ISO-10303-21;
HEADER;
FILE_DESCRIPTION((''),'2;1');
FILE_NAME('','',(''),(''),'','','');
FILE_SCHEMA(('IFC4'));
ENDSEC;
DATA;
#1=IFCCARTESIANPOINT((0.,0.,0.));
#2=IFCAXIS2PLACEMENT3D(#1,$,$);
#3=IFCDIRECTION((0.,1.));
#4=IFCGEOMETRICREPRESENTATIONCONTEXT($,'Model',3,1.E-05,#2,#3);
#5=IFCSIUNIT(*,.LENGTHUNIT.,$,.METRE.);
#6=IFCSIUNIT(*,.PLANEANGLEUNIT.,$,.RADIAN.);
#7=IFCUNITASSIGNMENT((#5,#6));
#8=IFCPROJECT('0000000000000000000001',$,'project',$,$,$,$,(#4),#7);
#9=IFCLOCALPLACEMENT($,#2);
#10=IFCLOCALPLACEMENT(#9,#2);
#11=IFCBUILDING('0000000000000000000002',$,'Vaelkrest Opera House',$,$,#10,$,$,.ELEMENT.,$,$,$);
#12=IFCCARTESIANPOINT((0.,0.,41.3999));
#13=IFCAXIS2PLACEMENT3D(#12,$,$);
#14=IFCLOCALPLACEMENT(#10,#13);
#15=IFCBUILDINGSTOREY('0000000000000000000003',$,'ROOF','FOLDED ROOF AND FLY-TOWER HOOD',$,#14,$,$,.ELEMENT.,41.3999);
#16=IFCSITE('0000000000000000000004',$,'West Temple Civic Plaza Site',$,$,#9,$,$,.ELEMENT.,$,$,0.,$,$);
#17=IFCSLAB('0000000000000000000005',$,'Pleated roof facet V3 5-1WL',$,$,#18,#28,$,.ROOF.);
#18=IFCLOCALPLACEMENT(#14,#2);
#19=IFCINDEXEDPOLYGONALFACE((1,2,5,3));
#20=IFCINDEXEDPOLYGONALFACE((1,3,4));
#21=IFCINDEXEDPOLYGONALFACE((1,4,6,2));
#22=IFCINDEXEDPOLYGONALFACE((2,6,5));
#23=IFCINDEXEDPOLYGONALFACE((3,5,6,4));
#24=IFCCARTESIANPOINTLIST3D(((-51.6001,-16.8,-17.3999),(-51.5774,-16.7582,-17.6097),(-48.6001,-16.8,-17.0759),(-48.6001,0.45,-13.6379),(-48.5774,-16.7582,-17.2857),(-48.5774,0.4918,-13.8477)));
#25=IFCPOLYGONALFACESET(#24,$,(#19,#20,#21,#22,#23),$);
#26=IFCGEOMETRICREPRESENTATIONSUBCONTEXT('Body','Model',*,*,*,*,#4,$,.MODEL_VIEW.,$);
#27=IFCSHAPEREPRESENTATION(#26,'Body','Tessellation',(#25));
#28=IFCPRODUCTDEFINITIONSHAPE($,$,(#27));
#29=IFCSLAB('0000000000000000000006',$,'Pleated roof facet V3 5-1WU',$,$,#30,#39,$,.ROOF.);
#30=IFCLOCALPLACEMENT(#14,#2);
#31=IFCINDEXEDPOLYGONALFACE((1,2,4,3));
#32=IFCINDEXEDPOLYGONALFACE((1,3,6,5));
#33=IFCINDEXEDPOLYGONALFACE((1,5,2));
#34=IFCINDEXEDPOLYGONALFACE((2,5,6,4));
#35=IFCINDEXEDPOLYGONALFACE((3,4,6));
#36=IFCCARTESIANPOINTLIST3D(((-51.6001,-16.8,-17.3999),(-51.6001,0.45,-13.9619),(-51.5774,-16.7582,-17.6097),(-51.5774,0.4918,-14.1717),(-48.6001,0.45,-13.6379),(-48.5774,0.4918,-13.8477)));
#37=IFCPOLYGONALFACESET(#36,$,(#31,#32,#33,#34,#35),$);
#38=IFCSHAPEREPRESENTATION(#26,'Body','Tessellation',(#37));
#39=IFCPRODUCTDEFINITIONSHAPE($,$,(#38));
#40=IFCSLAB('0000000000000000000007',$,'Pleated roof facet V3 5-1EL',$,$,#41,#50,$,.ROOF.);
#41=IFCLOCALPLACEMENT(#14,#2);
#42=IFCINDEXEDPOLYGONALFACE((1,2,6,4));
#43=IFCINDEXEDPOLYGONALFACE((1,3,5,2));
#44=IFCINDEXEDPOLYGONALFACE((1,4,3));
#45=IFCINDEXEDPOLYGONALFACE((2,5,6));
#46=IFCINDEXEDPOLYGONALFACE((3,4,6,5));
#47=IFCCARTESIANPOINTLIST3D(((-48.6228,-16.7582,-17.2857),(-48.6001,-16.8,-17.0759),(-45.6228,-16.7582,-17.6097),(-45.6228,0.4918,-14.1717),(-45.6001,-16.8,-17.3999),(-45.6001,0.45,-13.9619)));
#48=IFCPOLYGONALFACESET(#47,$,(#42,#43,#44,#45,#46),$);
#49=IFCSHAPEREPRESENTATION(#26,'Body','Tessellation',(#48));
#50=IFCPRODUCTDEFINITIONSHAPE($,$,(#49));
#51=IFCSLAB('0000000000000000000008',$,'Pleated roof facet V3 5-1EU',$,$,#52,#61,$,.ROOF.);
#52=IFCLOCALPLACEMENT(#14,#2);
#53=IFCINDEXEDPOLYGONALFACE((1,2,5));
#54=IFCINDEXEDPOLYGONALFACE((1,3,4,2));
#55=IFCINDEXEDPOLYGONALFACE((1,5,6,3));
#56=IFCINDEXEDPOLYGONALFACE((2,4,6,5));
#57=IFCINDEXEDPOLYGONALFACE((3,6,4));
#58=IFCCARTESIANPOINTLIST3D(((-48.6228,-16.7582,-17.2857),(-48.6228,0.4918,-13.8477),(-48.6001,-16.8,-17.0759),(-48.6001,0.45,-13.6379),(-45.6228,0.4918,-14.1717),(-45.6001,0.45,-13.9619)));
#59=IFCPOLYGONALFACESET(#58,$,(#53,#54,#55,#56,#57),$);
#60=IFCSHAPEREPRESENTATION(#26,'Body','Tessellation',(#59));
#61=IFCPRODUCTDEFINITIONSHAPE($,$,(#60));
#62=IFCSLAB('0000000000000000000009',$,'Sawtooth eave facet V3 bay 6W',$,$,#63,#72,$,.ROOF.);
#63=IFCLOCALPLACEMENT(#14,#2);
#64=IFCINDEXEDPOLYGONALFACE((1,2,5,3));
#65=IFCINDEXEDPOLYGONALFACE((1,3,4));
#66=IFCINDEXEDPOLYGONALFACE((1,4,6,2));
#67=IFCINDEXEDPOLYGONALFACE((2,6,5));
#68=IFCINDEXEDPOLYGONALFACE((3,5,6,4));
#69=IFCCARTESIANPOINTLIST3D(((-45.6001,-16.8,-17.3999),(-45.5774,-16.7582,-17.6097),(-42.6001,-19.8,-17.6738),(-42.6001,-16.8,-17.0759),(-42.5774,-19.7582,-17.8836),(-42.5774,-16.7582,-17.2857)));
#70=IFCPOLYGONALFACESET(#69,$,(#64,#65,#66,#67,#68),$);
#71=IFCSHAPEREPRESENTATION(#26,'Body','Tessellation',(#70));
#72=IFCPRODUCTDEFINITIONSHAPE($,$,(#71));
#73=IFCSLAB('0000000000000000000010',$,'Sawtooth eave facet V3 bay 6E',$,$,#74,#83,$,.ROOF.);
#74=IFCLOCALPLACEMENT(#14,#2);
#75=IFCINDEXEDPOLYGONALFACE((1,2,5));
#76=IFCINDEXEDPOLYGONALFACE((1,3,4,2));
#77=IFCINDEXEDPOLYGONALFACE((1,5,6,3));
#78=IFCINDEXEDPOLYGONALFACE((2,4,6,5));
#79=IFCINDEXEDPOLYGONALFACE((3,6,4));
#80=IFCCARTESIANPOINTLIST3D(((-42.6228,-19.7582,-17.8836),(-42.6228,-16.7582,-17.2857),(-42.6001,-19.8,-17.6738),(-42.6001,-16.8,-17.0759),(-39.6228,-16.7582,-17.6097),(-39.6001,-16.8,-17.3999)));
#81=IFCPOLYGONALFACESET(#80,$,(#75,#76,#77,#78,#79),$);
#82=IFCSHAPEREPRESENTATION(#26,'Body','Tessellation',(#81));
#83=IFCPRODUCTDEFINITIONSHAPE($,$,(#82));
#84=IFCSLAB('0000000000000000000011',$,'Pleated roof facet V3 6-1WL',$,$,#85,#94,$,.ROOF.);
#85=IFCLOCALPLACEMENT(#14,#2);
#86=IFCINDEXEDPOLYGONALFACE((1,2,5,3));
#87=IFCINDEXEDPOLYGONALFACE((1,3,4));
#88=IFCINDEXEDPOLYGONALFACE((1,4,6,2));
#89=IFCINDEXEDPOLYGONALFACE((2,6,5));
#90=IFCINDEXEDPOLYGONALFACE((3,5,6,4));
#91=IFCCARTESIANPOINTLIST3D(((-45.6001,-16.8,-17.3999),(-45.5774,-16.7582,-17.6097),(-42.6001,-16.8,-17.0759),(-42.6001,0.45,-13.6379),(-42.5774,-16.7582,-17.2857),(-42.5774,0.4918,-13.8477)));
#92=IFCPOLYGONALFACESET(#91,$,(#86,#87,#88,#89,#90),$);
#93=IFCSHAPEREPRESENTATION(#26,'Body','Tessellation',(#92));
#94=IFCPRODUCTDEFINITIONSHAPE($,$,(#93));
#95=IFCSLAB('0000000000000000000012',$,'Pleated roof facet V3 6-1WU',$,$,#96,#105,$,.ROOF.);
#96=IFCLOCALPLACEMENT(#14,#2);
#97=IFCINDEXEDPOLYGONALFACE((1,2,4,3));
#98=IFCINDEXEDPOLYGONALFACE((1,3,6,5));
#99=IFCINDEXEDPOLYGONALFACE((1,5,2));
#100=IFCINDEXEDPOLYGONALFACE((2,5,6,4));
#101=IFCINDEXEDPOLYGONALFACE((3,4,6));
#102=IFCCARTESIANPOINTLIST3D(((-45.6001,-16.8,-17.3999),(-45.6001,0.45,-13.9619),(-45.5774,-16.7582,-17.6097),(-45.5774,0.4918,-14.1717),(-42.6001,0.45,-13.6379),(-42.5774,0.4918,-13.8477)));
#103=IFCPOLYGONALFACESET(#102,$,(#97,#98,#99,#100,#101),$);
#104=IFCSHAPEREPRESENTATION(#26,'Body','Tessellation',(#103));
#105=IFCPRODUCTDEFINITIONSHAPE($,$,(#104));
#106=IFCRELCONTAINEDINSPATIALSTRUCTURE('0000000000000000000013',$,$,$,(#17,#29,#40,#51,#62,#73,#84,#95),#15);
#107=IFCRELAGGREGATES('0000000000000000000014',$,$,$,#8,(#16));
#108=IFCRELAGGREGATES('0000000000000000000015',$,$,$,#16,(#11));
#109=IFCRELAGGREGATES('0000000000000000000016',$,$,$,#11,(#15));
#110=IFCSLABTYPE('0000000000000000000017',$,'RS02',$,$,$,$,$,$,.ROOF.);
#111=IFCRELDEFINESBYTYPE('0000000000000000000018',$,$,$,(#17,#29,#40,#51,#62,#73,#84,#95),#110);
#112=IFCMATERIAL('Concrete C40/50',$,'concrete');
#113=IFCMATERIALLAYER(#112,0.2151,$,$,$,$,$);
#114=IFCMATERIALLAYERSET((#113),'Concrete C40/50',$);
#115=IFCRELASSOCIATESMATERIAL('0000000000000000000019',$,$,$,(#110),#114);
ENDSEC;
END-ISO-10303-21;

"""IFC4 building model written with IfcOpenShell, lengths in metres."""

from ifc_helpers import new_model, si_unit, direction, frame, origin, place, context, subcontext, project, spatial, polyline, outline, extrude, material, layer, layer_set, type_object, element, save


model = new_model("IFC4")

# Units and contexts
model_context = context("Model", 3, precision=1e-05, world=origin(), true_north=direction((0.0, 1.0)))
body_context = subcontext(model_context, "Body", "Model", "MODEL_VIEW")
ifc_project = project(units=[si_unit("LENGTHUNIT", "METRE"), si_unit("PLANEANGLEUNIT", "RADIAN")], contexts=[model_context])

# Site, building, storey
site_placement = place(None, origin())
site = spatial("IfcSite", under=ifc_project, at=site_placement, Name="West Temple Civic Plaza Site", CompositionType="ELEMENT", RefElevation=0.0)
building_placement = place(site_placement, origin())
building = spatial("IfcBuilding", under=site, at=building_placement, Name="Vaelkrest Opera House", CompositionType="ELEMENT")
storey_placement = place(building_placement, frame((0.0, 0.0, 41.3999)))
storey = spatial("IfcBuildingStorey", under=building, at=storey_placement, Name="ROOF", Description="FOLDED ROOF AND FLY-TOWER HOOD", CompositionType="ELEMENT", Elevation=41.3999)

# Slabs
ifc_material_1 = material(Name="Concrete C40/50", Category="concrete")
ifc_layer_1 = layer(ifc_material_1, 0.2151)
ifc_layer_set_1 = layer_set([ifc_layer_1], Name="Concrete C40/50")
slab_type = type_object("IfcSlabType", Name="RS02", PredefinedType="ROOF", material=ifc_layer_set_1)
slab_1_placement = place(storey_placement, frame((-51.6001, -16.8, -17.3999), z_axis=(-0.10532, -0.194372, 0.975257), x_axis=(0.994219, 0.0, 0.107367)))
element("IfcSlab", 1, at=slab_1_placement, inside=storey, type_object=slab_type, Name="Pleated roof facet V3 5-1WL", PredefinedType="ROOF", context=body_context, shape_type="SweptSolid", body=[
    extrude(outline(polyline([(0.0, 0.0), (3.0174, 0.0), (3.3866, 17.5854), (0.0, 0.0)])), origin(), (0.0, 0.0, -1.0), 0.2151),
])
slab_2_placement = place(storey_placement, frame((-51.6001, -16.8, -17.3999), z_axis=(-0.10532, -0.194372, 0.975257), x_axis=(0.167518, 0.963229, 0.210066)))
element("IfcSlab", 2, at=slab_2_placement, inside=storey, type_object=slab_type, Name="Pleated roof facet V3 5-1WU", PredefinedType="ROOF", context=body_context, shape_type="SweptSolid", body=[
    extrude(outline(polyline([(0.0, 0.0), (17.9085, 0.0), (17.3379, 2.963), (0.0, 0.0)])), origin(), (0.0, 0.0, -1.0), 0.2151),
])
slab_3_placement = place(storey_placement, frame((-48.6001, -16.8, -17.0759), z_axis=(0.10532, -0.194372, 0.975257), x_axis=(0.994219, 0.0, -0.107367)))
element("IfcSlab", 3, at=slab_3_placement, inside=storey, type_object=slab_type, Name="Pleated roof facet V3 5-1EL", PredefinedType="ROOF", context=body_context, shape_type="SweptSolid", body=[
    extrude(outline(polyline([(0.0, 0.0), (3.0174, 0.0), (2.6483, 17.5854), (0.0, 0.0)])), origin(), (0.0, 0.0, -1.0), 0.2151),
])
slab_4_placement = place(storey_placement, frame((-48.6001, -16.8, -17.0759), z_axis=(0.10532, -0.194372, 0.975257), x_axis=(0.168694, 0.96999, 0.175105)))
element("IfcSlab", 4, at=slab_4_placement, inside=storey, type_object=slab_type, Name="Pleated roof facet V3 5-1EU", PredefinedType="ROOF", context=body_context, shape_type="SweptSolid", body=[
    extrude(outline(polyline([(0.0, 0.0), (17.7837, 0.0), (17.3343, 2.9838), (0.0, 0.0)])), origin(), (0.0, 0.0, -1.0), 0.2151),
])
slab_5_placement = place(storey_placement, frame((-45.6001, -16.8, -17.3999), z_axis=(-0.10532, -0.194369, 0.975258), x_axis=(0.705638, -0.705638, -0.064431)))
element("IfcSlab", 5, at=slab_5_placement, inside=storey, type_object=slab_type, Name="Sawtooth eave facet V3 bay 6W", PredefinedType="ROOF", context=body_context, shape_type="SweptSolid", body=[
    extrude(outline(polyline([(0.0, 0.0), (4.2515, 0.0), (2.096, 2.1706), (0.0, 0.0)])), origin(), (0.0, 0.0, -1.0), 0.2151),
])
slab_6_placement = place(storey_placement, frame((-42.6001, -16.8, -17.0759), z_axis=(0.10532, -0.194369, 0.975258), x_axis=(0.0, -0.980712, -0.195456)))
element("IfcSlab", 6, at=slab_6_placement, inside=storey, type_object=slab_type, Name="Sawtooth eave facet V3 bay 6E", PredefinedType="ROOF", context=body_context, shape_type="SweptSolid", body=[
    extrude(outline(polyline([(0.0, 0.0), (3.059, 0.0), (0.0633, 3.0168), (0.0, 0.0)])), origin(), (0.0, 0.0, -1.0), 0.2151),
])
slab_7_placement = place(storey_placement, frame((-45.6001, -16.8, -17.3999), z_axis=(-0.10532, -0.194372, 0.975257), x_axis=(0.994219, 0.0, 0.107367)))
element("IfcSlab", 7, at=slab_7_placement, inside=storey, type_object=slab_type, Name="Pleated roof facet V3 6-1WL", PredefinedType="ROOF", context=body_context, shape_type="SweptSolid", body=[
    extrude(outline(polyline([(0.0, 0.0), (3.0174, 0.0), (3.3866, 17.5854), (0.0, 0.0)])), origin(), (0.0, 0.0, -1.0), 0.2151),
])
slab_8_placement = place(storey_placement, frame((-45.6001, -16.8, -17.3999), z_axis=(-0.10532, -0.194372, 0.975257), x_axis=(0.167518, 0.963229, 0.210066)))
element("IfcSlab", 8, at=slab_8_placement, inside=storey, type_object=slab_type, Name="Pleated roof facet V3 6-1WU", PredefinedType="ROOF", context=body_context, shape_type="SweptSolid", body=[
    extrude(outline(polyline([(0.0, 0.0), (17.9085, 0.0), (17.3379, 2.963), (0.0, 0.0)])), origin(), (0.0, 0.0, -1.0), 0.2151),
])

save(model, "model.ifc")
